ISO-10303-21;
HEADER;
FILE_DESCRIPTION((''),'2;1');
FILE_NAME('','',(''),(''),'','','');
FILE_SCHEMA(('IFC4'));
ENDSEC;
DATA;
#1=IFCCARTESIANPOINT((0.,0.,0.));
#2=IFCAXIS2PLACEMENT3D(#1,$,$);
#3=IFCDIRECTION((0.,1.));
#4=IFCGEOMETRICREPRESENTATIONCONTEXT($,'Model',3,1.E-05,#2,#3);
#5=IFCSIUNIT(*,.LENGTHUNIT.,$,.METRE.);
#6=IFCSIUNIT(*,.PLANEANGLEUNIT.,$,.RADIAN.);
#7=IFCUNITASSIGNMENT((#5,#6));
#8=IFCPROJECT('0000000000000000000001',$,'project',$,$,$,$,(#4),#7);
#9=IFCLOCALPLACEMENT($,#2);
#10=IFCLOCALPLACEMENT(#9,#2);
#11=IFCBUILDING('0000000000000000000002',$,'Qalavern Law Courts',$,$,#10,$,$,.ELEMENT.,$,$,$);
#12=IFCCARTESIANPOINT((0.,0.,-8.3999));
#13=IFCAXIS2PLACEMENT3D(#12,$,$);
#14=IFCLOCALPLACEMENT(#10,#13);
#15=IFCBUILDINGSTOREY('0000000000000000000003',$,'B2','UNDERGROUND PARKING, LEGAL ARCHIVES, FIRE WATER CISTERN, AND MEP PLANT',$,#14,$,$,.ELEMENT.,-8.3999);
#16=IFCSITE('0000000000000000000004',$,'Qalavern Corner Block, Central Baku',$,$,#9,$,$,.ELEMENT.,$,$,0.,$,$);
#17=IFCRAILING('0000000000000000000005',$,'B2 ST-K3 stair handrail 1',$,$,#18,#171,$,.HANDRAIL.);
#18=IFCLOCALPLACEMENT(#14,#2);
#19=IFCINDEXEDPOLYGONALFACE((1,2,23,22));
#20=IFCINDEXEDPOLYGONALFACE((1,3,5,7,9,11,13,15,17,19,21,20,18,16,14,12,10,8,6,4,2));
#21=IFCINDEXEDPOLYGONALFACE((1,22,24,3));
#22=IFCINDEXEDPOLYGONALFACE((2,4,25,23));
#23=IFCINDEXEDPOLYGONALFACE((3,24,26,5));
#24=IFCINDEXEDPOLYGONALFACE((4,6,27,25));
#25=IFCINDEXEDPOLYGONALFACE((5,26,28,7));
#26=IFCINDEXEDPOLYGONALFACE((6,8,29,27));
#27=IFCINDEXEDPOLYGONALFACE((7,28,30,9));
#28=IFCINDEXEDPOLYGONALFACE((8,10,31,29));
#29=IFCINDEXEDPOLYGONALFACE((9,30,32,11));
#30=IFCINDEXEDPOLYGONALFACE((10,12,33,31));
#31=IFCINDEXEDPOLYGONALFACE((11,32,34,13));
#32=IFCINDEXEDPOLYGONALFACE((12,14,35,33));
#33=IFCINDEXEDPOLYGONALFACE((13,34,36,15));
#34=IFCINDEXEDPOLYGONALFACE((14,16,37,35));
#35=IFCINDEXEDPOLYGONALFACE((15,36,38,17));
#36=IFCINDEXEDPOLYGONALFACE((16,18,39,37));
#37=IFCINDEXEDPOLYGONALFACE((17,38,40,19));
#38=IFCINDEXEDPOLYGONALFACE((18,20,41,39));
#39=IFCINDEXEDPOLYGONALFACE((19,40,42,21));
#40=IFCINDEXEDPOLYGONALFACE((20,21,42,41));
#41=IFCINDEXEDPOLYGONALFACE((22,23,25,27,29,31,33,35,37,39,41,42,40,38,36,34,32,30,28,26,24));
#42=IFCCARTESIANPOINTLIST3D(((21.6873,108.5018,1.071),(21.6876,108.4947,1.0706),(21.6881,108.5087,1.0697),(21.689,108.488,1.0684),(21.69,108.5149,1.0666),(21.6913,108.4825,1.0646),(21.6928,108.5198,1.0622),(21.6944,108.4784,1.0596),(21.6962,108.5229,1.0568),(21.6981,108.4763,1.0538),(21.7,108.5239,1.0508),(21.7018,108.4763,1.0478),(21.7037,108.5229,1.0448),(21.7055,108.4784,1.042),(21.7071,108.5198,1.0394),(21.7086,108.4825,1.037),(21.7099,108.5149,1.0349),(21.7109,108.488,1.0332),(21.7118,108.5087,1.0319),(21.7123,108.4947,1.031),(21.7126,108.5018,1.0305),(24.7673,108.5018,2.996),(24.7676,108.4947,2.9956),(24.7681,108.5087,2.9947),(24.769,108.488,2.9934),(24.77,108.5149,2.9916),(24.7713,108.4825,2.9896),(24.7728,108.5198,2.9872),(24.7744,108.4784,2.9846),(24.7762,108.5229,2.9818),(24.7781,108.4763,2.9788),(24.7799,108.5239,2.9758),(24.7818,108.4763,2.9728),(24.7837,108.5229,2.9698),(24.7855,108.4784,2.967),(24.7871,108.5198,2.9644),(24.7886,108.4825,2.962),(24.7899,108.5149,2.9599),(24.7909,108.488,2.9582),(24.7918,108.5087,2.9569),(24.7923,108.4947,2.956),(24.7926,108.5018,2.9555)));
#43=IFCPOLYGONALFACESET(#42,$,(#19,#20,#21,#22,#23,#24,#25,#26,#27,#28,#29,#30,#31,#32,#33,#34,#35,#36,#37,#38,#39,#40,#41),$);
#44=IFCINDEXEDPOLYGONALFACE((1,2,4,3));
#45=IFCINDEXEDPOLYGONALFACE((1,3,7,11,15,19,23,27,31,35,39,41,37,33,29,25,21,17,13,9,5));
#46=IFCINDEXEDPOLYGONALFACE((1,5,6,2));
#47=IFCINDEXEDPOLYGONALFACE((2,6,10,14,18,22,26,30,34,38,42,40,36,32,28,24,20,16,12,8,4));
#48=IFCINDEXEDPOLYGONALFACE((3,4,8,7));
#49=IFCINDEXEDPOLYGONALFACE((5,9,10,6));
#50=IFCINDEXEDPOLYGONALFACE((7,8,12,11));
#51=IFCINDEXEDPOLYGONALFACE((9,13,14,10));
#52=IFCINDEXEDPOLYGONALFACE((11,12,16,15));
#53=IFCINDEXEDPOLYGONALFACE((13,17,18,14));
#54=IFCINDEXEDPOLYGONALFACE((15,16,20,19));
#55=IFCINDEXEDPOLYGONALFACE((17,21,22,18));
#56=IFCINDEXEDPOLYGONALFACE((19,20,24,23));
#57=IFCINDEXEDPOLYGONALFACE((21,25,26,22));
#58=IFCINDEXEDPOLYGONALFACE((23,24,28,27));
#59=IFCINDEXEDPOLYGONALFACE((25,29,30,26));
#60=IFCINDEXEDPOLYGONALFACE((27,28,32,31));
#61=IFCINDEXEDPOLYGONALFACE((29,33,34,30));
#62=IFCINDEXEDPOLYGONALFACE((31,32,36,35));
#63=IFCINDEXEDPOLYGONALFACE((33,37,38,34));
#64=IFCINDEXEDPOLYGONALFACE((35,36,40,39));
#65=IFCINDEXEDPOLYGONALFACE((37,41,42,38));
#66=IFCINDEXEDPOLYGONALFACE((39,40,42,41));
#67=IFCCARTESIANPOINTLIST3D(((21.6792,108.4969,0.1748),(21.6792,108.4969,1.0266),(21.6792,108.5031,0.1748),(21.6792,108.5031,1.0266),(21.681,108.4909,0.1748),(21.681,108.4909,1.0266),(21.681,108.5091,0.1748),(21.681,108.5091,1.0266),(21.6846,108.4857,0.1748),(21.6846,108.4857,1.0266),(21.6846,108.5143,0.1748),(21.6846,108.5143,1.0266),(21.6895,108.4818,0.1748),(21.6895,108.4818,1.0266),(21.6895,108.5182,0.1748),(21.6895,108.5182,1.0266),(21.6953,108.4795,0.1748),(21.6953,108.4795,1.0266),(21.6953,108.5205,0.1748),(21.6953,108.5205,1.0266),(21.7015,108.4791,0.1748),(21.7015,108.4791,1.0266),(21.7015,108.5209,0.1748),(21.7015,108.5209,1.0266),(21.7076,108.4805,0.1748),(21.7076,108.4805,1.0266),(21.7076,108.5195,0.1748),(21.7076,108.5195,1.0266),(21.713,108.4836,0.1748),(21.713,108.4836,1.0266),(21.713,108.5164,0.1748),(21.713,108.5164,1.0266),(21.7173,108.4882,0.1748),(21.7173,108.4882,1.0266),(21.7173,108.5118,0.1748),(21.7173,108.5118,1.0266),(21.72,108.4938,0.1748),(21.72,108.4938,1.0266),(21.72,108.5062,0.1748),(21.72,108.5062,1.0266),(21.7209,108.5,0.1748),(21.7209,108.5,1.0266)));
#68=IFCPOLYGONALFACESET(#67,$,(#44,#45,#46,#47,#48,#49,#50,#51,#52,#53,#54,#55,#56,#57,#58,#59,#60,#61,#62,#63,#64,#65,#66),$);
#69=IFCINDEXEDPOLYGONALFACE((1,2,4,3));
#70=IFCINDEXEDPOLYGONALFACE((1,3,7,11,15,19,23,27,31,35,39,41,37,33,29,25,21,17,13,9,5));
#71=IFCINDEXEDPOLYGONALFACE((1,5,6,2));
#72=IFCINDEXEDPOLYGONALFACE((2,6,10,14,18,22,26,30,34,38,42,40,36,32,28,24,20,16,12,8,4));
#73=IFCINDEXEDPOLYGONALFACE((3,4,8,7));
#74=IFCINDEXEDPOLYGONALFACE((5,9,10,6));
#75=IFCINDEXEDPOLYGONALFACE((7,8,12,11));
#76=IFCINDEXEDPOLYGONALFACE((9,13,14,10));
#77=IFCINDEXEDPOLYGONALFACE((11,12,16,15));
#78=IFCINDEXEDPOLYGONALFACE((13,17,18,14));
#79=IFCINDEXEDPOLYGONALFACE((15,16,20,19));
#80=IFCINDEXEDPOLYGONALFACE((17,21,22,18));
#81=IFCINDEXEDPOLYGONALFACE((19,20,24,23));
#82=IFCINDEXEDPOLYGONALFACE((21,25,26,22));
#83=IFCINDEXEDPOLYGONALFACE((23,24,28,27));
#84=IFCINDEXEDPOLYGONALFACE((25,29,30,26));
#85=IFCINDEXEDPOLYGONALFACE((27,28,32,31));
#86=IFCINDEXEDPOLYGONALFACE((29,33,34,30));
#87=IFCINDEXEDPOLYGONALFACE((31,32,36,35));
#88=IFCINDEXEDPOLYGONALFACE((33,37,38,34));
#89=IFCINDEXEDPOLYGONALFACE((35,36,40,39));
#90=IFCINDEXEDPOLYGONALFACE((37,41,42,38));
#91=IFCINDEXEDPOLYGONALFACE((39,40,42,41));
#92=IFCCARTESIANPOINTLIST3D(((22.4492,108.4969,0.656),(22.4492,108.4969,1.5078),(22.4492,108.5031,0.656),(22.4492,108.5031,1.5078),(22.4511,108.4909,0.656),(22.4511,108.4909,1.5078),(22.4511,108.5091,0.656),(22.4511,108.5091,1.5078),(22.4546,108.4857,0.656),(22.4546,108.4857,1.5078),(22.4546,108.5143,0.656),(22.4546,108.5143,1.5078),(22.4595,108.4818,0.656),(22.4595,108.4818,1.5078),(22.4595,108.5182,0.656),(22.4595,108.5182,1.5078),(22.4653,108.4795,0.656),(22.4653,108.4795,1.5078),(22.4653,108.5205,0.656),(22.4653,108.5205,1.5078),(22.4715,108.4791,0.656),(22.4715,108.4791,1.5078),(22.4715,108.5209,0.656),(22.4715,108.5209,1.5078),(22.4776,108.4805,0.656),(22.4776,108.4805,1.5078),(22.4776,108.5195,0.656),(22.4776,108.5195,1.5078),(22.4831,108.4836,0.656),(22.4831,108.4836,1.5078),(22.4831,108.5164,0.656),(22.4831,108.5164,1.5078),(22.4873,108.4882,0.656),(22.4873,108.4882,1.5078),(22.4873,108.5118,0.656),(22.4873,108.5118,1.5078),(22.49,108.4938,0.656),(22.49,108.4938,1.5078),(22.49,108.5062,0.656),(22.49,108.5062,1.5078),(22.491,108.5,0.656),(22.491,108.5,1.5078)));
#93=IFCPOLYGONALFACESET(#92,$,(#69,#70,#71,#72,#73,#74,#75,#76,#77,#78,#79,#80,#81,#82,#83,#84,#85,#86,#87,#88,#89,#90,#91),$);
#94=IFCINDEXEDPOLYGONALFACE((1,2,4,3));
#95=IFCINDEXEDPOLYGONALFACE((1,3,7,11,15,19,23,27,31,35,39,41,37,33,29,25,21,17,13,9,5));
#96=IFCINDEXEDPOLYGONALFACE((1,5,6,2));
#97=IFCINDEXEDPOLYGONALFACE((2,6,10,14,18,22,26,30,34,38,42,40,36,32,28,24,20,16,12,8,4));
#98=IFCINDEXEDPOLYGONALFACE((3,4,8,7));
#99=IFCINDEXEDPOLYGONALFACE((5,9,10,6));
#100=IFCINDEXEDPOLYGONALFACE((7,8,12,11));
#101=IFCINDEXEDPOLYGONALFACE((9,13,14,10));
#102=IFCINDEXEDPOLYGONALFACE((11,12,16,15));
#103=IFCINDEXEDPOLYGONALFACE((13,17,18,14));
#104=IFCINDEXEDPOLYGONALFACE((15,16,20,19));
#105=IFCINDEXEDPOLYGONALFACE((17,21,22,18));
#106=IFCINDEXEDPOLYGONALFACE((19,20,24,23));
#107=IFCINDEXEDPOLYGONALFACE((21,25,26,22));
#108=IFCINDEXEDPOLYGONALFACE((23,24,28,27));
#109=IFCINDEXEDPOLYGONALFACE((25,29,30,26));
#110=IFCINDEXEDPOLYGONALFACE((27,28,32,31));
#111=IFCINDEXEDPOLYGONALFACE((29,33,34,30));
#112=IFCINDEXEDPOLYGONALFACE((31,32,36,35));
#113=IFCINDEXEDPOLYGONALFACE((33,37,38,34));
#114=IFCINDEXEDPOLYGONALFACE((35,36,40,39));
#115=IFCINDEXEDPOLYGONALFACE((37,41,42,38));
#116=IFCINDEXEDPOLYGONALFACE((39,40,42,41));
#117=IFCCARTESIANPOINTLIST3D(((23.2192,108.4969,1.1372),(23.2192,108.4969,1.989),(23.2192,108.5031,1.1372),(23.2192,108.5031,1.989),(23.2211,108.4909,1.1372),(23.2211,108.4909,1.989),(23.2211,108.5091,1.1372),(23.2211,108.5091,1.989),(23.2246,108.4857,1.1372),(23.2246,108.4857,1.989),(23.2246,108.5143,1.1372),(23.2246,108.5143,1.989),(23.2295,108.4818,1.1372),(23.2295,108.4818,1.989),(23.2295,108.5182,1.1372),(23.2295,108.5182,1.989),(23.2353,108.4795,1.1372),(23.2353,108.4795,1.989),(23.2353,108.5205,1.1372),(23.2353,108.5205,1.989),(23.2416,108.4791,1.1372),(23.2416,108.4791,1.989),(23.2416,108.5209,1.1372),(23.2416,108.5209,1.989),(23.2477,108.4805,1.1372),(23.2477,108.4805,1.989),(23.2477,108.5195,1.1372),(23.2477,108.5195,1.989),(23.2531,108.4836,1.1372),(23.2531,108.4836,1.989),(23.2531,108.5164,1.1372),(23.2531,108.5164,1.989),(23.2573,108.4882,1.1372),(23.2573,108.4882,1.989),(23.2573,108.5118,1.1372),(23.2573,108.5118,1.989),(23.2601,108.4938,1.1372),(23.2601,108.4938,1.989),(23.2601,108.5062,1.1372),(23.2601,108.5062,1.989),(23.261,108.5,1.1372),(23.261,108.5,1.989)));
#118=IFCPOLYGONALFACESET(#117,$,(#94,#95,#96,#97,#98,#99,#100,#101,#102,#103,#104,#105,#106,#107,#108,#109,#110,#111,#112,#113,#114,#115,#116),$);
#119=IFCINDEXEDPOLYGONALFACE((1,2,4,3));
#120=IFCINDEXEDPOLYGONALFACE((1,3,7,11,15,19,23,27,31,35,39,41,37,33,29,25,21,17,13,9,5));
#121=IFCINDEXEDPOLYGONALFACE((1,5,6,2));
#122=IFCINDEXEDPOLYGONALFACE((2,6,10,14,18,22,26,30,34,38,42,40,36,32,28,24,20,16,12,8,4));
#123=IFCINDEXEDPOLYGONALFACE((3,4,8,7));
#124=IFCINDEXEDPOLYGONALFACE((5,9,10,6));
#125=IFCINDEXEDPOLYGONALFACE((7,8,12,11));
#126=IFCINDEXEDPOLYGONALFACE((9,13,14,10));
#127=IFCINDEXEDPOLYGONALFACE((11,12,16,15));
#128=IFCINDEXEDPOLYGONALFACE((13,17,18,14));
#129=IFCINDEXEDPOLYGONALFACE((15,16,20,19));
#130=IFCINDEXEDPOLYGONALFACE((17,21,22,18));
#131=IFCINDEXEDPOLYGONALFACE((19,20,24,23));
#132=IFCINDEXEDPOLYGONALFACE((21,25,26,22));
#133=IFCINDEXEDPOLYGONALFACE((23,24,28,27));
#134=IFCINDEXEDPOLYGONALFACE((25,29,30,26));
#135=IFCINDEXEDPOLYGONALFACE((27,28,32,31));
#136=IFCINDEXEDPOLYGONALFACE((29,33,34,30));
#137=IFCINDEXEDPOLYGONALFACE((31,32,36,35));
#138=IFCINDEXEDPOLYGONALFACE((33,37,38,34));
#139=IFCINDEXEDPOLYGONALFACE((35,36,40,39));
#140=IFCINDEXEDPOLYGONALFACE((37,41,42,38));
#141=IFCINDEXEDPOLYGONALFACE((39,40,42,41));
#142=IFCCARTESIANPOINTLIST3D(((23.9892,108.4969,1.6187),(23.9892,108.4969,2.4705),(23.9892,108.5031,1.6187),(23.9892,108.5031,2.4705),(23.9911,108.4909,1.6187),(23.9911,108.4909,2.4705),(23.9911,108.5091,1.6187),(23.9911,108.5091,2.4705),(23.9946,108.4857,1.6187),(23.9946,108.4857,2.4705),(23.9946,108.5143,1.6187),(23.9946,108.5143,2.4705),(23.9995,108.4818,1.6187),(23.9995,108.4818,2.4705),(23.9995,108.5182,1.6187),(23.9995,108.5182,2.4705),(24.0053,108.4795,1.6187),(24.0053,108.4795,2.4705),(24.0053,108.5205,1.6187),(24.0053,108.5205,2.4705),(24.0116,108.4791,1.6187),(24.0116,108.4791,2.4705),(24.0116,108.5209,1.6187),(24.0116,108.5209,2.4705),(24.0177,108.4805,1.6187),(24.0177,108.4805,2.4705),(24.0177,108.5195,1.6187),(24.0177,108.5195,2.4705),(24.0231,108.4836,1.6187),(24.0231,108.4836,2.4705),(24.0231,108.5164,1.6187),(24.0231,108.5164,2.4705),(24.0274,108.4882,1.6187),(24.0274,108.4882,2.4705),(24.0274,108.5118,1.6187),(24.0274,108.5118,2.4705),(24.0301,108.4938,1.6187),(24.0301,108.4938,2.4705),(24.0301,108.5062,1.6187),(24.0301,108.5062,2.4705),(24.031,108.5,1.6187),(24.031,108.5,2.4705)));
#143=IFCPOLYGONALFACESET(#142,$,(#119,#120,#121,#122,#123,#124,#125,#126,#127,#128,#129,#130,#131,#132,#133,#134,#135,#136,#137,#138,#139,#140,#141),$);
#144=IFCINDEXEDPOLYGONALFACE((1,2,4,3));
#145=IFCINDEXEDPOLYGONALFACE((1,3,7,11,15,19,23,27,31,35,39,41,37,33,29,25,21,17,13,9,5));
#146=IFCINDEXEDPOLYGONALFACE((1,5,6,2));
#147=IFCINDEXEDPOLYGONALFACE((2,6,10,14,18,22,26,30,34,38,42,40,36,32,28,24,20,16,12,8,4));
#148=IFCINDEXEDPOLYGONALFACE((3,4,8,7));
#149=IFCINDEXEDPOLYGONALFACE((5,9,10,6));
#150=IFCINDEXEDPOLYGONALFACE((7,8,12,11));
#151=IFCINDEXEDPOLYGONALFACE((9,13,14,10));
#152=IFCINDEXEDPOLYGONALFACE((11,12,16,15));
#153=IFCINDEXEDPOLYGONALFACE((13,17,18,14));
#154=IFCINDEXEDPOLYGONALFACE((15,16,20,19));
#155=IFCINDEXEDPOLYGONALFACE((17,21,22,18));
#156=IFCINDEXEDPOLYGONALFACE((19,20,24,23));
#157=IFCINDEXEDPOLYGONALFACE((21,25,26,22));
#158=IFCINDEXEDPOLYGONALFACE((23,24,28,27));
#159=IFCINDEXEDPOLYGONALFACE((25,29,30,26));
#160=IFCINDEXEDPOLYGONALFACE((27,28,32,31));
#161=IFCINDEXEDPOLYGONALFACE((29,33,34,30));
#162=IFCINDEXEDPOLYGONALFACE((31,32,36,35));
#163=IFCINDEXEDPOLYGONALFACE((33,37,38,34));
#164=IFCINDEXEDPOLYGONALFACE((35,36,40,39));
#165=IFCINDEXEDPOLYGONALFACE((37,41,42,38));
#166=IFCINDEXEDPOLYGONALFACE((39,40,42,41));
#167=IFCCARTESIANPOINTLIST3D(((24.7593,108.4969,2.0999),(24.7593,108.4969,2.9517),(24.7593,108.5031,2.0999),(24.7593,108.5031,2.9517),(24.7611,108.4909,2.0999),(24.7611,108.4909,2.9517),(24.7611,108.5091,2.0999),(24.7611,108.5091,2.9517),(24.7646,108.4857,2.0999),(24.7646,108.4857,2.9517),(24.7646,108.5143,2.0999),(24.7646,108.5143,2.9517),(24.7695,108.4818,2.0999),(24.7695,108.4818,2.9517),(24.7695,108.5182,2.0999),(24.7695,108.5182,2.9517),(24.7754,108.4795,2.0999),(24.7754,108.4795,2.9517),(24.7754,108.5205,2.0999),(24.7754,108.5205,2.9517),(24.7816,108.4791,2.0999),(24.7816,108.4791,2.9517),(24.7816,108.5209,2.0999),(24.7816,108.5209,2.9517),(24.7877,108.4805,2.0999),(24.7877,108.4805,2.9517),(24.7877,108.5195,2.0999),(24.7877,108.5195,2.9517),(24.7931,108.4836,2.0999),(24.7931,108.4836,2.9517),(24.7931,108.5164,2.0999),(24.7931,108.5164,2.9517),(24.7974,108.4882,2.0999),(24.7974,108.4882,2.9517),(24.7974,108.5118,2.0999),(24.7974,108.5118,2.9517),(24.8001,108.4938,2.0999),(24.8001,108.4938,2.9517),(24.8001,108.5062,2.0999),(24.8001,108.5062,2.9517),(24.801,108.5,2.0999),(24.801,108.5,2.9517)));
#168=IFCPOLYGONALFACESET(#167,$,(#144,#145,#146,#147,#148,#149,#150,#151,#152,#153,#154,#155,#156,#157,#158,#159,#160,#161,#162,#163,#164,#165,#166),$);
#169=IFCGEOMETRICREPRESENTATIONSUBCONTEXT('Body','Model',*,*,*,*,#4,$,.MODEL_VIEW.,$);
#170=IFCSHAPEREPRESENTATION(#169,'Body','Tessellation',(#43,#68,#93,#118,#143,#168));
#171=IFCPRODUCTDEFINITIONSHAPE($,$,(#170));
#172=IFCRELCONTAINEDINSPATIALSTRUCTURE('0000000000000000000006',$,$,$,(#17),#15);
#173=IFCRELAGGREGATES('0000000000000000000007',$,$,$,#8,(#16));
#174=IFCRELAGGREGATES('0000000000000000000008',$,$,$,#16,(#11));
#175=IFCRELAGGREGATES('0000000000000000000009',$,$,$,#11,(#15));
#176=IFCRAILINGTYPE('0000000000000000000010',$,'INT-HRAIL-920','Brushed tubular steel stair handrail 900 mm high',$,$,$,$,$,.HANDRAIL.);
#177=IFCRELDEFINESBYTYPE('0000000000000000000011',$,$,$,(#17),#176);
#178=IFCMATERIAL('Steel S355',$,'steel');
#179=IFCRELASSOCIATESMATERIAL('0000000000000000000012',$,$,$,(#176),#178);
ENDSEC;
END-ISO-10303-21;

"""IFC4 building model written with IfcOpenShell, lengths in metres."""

from ifc_helpers import new_model, si_unit, direction, frame, origin, origin_2d, place, context, subcontext, project, spatial, circle, extrude, material, type_object, element, save


model = new_model("IFC4")

# Units and contexts
model_context = context("Model", 3, precision=1e-05, world=origin(), true_north=direction((0.0, 1.0)))
body_context = subcontext(model_context, "Body", "Model", "MODEL_VIEW")
ifc_project = project(units=[si_unit("LENGTHUNIT", "METRE"), si_unit("PLANEANGLEUNIT", "RADIAN")], contexts=[model_context])

# Site, building, storey
site_placement = place(None, origin())
site = spatial("IfcSite", under=ifc_project, at=site_placement, Name="Qalavern Corner Block, Central Baku", CompositionType="ELEMENT", RefElevation=0.0)
building_placement = place(site_placement, origin())
building = spatial("IfcBuilding", under=site, at=building_placement, Name="Qalavern Law Courts", CompositionType="ELEMENT")
storey_placement = place(building_placement, frame((0.0, 0.0, -8.3999)))
storey = spatial("IfcBuildingStorey", under=building, at=storey_placement, Name="B2", Description="UNDERGROUND PARKING, LEGAL ARCHIVES, FIRE WATER CISTERN, AND MEP PLANT", CompositionType="ELEMENT", Elevation=-8.3999)

# Railing
ifc_material_1 = material(Name="Steel S355", Category="steel")
railing_type_1 = type_object("IfcRailingType", Name="INT-HRAIL-920", Description="Brushed tubular steel stair handrail 900 mm high", PredefinedType="HANDRAIL", material=ifc_material_1)
railing_1_placement = place(storey_placement, frame((21.7, 108.5, 0.1748)))
element("IfcRailing", 1, at=railing_1_placement, inside=storey, type_object=railing_type_1, Name="B2 ST-K3 stair handrail 1", PredefinedType="HANDRAIL", context=body_context, shape_type="SweptSolid", body=[
    extrude(circle(Radius=0.0239, at=origin_2d()), frame((0.0, 0.0, 0.876), z_axis=(0.847998, 0.0, 0.529999), x_axis=(0.0, 1.0, 0.0)), (0.0, 0.0, 1.0), 3.6321),
    extrude(circle(Radius=0.021, at=origin_2d()), origin(), (0.0, 0.0, 1.0), 0.8518),
    extrude(circle(Radius=0.021, at=origin_2d()), frame((0.77, 0.0, 0.4812)), (0.0, 0.0, 1.0), 0.8518),
    extrude(circle(Radius=0.021, at=origin_2d()), frame((1.54, 0.0, 0.9624)), (0.0, 0.0, 1.0), 0.8518),
    extrude(circle(Radius=0.021, at=origin_2d()), frame((2.3101, 0.0, 1.4438)), (0.0, 0.0, 1.0), 0.8518),
    extrude(circle(Radius=0.021, at=origin_2d()), frame((3.0801, 0.0, 1.925)), (0.0, 0.0, 1.0), 0.8518),
])

save(model, "model.ifc")
